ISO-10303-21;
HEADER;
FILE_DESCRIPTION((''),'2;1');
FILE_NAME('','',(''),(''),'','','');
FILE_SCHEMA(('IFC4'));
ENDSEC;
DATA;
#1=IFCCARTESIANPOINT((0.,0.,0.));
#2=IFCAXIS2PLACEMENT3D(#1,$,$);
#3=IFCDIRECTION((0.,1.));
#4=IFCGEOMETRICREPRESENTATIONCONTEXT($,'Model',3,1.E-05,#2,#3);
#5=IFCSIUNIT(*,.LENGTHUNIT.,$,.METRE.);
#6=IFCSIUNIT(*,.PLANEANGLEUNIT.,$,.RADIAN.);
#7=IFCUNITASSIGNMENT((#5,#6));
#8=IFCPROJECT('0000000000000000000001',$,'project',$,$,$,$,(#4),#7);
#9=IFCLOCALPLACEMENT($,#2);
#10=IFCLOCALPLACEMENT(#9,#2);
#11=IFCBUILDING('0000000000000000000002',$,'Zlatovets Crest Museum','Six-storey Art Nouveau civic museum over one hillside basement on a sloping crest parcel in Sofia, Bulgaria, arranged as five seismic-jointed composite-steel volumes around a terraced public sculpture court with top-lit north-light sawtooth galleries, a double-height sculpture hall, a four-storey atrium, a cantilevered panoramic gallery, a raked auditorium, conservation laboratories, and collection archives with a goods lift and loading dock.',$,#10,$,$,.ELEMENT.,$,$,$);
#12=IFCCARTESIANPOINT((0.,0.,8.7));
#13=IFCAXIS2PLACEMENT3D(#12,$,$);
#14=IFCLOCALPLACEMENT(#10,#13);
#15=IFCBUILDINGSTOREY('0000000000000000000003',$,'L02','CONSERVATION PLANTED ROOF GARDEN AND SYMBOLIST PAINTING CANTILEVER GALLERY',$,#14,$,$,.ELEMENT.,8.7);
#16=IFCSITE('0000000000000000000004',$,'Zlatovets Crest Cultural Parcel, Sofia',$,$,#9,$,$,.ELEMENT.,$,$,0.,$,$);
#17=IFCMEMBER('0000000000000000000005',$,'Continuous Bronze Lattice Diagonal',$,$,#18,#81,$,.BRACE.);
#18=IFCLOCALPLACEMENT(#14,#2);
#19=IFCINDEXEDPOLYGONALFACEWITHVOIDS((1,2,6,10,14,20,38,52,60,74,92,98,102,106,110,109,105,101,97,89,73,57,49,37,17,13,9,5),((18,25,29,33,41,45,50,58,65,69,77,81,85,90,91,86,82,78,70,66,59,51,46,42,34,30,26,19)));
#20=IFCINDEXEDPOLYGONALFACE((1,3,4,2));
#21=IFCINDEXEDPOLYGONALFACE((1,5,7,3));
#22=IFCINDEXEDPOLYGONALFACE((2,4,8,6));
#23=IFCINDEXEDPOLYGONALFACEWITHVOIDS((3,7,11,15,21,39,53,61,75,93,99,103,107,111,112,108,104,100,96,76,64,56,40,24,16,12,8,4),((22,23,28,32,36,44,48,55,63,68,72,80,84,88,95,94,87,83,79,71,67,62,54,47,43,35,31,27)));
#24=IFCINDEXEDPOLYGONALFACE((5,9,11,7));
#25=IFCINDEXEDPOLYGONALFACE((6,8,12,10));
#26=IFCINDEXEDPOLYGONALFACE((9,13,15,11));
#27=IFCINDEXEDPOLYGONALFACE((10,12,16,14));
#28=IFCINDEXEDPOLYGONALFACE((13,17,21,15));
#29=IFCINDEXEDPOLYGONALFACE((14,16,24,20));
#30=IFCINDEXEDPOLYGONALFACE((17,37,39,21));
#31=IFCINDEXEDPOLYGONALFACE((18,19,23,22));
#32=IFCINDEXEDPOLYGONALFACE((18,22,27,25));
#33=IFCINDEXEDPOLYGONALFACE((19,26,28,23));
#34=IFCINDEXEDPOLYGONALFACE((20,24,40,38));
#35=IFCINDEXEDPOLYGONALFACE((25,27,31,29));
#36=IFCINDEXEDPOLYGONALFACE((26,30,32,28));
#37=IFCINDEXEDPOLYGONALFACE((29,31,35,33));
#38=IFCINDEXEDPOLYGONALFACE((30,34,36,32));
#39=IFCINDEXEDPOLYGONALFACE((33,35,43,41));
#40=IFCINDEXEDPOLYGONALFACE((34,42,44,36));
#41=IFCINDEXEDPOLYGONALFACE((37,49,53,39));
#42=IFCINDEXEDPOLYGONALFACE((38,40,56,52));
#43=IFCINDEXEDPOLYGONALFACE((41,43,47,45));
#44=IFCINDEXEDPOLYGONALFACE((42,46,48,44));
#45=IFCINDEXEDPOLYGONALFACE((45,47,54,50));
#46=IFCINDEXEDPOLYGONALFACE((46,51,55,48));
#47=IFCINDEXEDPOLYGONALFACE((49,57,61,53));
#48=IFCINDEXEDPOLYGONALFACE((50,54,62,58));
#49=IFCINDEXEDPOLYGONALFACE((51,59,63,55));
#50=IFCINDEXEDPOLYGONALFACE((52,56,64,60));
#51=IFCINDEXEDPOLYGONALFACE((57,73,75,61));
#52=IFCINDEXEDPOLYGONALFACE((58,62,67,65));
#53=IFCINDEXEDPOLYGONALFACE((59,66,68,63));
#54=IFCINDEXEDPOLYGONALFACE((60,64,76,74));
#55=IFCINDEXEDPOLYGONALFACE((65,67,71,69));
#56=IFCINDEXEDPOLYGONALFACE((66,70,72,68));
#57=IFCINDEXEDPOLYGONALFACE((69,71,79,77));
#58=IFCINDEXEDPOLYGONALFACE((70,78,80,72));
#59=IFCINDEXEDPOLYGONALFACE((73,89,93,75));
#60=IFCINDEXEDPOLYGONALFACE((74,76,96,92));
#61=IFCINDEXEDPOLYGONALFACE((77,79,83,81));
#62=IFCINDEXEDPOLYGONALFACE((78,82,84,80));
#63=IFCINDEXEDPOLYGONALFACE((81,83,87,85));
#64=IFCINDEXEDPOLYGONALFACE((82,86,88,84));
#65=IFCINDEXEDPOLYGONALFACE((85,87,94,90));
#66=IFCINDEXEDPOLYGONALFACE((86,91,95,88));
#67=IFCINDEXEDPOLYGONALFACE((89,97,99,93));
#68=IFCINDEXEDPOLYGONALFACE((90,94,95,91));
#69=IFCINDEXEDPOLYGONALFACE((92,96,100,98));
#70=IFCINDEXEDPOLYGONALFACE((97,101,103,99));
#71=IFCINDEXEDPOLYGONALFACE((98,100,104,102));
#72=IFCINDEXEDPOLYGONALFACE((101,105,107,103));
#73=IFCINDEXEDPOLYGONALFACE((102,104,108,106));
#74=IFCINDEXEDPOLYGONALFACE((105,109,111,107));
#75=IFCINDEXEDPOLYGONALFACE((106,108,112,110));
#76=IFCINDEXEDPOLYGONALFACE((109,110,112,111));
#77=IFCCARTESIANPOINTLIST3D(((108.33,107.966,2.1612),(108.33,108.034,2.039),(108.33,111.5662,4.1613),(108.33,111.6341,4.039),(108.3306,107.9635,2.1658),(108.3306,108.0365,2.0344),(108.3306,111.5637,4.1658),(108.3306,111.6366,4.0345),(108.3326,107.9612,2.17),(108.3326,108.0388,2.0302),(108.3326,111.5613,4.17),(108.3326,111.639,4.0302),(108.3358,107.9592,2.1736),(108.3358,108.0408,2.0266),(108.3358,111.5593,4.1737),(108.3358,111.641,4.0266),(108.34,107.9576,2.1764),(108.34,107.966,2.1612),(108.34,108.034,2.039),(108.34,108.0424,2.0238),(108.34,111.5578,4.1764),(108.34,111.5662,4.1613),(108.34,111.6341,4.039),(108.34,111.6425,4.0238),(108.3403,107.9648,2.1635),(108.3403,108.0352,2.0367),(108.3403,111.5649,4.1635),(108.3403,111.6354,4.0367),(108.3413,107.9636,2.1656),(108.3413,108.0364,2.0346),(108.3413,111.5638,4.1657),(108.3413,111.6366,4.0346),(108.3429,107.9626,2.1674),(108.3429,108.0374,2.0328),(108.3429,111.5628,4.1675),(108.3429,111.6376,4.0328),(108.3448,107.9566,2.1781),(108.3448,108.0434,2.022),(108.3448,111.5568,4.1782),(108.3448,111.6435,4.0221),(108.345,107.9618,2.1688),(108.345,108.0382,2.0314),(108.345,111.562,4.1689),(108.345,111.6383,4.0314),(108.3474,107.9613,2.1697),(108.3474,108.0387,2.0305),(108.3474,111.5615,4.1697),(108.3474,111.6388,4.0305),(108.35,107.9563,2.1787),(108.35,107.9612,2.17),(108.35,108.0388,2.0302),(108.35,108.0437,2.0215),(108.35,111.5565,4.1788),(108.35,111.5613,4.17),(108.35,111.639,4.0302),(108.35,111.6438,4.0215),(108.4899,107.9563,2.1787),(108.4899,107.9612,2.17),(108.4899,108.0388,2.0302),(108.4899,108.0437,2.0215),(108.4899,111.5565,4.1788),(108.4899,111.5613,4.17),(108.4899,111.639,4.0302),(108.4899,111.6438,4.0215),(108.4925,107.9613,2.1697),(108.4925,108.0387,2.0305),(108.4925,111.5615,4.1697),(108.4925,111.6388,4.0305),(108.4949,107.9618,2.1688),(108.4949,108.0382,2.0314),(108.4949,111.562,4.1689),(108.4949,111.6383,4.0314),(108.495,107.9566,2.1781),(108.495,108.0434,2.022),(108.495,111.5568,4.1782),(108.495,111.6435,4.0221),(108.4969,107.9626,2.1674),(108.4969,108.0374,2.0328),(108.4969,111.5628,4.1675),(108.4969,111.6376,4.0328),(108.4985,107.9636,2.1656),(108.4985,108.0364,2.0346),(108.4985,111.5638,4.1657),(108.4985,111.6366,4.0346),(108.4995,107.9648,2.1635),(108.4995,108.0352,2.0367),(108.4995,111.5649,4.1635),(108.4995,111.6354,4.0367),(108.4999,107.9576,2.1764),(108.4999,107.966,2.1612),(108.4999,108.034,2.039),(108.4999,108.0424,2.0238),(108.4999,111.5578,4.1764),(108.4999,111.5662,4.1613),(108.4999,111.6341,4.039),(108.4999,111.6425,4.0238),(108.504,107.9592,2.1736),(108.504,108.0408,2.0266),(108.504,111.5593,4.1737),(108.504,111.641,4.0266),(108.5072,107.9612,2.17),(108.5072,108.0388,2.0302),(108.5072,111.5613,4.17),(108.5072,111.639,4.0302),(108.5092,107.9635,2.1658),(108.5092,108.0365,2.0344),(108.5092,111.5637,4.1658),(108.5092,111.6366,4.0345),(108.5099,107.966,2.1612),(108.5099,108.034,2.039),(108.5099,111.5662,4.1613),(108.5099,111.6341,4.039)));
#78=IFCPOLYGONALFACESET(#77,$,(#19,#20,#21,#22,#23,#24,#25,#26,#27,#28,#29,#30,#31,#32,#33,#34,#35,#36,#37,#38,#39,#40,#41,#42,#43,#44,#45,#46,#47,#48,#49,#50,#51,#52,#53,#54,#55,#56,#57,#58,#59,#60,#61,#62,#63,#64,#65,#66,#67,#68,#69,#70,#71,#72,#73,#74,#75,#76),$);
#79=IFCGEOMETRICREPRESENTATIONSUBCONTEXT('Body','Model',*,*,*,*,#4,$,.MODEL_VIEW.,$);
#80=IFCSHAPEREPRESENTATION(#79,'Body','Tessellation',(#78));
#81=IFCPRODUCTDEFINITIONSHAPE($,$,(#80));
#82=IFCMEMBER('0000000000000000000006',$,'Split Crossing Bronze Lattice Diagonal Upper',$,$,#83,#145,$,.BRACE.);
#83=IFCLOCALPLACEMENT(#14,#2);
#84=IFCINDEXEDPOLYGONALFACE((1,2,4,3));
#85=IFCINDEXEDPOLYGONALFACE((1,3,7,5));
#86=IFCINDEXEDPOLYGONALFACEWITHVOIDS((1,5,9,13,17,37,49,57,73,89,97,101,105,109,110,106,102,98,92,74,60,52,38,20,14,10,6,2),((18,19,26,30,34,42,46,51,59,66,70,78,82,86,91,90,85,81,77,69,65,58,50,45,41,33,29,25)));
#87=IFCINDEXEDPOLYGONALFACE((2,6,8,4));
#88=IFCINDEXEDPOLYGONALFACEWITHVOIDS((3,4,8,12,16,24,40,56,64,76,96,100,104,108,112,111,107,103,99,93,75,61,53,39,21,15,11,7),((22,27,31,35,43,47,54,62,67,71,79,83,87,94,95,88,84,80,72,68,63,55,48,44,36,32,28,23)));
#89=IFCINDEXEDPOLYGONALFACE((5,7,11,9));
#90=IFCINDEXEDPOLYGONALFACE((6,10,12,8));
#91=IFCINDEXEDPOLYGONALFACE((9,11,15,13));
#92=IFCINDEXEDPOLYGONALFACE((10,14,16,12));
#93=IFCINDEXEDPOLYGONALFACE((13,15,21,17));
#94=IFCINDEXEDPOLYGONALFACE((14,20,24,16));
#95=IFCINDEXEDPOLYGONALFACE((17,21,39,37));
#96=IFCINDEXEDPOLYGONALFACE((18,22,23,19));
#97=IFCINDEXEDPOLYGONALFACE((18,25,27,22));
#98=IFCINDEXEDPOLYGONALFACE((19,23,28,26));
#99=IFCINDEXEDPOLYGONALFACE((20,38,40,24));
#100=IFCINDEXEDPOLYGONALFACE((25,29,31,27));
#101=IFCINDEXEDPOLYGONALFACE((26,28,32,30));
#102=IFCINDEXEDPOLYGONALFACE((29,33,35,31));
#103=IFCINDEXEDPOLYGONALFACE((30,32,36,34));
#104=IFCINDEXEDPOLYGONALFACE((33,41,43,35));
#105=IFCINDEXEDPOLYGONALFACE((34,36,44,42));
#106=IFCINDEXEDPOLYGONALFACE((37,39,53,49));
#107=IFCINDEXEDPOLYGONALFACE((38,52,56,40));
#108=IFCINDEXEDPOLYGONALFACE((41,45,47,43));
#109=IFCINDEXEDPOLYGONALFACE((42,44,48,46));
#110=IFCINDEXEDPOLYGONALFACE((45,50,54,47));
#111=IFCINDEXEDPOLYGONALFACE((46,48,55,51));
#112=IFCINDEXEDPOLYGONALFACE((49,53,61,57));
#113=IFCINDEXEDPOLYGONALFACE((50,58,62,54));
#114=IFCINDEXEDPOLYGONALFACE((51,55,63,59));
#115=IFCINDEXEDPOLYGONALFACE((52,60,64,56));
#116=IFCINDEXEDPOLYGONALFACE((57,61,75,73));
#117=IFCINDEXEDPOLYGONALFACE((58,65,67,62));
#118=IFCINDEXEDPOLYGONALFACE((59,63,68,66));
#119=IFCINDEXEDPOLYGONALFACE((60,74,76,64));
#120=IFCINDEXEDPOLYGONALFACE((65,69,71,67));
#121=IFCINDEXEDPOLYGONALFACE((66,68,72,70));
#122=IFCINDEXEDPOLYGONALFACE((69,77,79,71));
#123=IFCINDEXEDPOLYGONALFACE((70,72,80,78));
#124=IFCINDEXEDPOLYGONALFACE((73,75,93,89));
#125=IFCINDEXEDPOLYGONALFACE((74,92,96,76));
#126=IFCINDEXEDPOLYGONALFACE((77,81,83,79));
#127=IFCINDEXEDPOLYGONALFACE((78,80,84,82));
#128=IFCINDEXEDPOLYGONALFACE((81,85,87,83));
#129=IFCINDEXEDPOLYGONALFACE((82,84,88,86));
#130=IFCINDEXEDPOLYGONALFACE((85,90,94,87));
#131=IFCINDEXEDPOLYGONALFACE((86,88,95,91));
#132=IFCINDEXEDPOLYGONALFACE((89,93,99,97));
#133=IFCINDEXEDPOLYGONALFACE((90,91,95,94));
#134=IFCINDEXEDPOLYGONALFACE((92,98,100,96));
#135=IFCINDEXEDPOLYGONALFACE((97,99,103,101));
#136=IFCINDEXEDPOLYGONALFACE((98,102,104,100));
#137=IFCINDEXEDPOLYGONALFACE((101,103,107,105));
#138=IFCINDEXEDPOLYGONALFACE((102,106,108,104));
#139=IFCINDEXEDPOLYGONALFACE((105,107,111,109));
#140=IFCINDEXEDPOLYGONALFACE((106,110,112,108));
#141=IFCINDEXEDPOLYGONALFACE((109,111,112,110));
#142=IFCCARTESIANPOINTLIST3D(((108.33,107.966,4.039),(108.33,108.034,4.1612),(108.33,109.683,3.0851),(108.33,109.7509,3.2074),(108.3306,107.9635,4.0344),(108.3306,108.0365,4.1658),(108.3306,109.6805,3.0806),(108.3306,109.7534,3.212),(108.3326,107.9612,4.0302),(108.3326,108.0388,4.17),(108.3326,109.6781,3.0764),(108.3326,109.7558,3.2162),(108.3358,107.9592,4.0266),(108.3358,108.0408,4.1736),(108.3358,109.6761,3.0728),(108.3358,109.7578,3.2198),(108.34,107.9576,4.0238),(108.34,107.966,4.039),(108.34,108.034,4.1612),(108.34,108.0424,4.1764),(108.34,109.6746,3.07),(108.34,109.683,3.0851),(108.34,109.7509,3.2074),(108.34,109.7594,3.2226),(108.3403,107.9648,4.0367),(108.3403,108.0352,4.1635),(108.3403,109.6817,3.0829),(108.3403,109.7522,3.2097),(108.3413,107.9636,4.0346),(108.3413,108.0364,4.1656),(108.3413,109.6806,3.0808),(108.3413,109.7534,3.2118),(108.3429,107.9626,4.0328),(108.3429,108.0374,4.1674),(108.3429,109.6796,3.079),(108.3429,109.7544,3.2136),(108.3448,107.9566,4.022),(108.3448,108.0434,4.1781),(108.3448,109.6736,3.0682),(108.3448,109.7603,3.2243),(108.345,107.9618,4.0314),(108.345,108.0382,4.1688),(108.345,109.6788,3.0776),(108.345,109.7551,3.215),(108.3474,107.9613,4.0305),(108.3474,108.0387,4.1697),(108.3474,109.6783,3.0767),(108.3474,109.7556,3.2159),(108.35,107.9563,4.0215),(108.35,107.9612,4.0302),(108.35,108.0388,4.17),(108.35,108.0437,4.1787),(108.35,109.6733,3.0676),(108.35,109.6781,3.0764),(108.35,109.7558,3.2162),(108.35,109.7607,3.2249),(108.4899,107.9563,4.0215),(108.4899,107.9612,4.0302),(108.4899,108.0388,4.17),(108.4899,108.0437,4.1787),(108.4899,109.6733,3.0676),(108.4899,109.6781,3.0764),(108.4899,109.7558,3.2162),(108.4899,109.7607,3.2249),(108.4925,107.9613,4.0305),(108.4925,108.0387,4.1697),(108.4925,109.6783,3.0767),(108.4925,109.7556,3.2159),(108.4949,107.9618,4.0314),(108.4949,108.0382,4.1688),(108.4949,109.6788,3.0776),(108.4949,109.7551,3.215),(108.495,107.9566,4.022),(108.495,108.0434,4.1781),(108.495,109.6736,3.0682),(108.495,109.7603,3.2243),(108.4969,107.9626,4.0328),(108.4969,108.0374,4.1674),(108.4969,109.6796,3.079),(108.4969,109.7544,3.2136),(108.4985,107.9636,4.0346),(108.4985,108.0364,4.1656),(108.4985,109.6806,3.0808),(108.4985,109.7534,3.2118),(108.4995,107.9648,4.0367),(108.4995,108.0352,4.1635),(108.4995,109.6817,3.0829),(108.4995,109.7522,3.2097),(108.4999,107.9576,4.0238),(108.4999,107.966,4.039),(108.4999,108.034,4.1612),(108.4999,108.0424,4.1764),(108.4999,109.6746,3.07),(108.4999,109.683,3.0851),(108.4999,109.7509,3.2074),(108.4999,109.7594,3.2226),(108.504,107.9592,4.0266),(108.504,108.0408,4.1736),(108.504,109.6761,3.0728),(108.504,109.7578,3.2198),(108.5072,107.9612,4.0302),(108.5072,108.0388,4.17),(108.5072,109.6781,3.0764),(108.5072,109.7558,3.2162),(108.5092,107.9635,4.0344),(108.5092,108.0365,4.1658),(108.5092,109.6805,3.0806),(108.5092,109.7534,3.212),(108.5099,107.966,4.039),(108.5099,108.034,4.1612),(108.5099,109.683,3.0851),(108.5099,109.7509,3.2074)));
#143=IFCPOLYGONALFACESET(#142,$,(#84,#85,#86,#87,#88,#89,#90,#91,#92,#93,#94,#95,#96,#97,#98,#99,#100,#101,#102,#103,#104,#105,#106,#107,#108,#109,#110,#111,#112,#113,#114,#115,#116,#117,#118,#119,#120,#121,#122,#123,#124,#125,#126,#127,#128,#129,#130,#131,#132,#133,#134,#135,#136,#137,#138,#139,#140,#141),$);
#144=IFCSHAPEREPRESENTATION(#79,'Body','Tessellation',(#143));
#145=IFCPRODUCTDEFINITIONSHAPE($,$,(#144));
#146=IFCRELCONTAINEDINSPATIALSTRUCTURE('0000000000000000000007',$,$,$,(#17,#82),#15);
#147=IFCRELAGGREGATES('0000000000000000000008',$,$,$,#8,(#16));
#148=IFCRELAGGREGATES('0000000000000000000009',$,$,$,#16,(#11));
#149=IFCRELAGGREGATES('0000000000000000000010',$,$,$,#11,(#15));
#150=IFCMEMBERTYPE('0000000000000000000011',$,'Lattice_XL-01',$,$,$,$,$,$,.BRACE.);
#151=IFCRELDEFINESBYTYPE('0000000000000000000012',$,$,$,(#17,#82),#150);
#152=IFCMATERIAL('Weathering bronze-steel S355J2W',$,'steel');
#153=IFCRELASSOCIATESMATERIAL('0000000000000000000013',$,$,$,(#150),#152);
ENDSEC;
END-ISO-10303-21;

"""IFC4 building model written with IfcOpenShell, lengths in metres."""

from ifc_helpers import new_model, si_unit, direction, frame, origin, origin_2d, place, context, subcontext, project, spatial, hollow_rectangle, extrude, material, material_profile, profile_set, type_object, element, save


model = new_model("IFC4")

# Units and contexts
model_context = context("Model", 3, precision=1e-05, world=origin(), true_north=direction((0.0, 1.0)))
body_context = subcontext(model_context, "Body", "Model", "MODEL_VIEW")
ifc_project = project(units=[si_unit("LENGTHUNIT", "METRE"), si_unit("PLANEANGLEUNIT", "RADIAN")], contexts=[model_context])

# Site, building, storey
site_placement = place(None, origin())
site = spatial("IfcSite", under=ifc_project, at=site_placement, Name="Zlatovets Crest Cultural Parcel, Sofia", CompositionType="ELEMENT", RefElevation=0.0)
building_placement = place(site_placement, origin())
building = spatial("IfcBuilding", under=site, at=building_placement, Name="Zlatovets Crest Museum", Description="Six-storey Art Nouveau civic museum over one hillside basement on a sloping crest parcel in Sofia, Bulgaria, arranged as five seismic-jointed composite-steel volumes around a terraced public sculpture court with top-lit north-light sawtooth galleries, a double-height sculpture hall, a four-storey atrium, a cantilevered panoramic gallery, a raked auditorium, conservation laboratories, and collection archives with a goods lift and loading dock.", CompositionType="ELEMENT")
storey_placement = place(building_placement, frame((0.0, 0.0, 8.7)))
storey = spatial("IfcBuildingStorey", under=building, at=storey_placement, Name="L02", Description="CONSERVATION PLANTED ROOF GARDEN AND SYMBOLIST PAINTING CANTILEVER GALLERY", CompositionType="ELEMENT", Elevation=8.7)

# Members
ifc_material_1 = material(Name="Weathering bronze-steel S355J2W", Category="steel")
ifc_material_profile_1 = material_profile(ifc_material_1, hollow_rectangle(XDim=0.1799, YDim=0.1799, WallThickness=0.01, InnerFilletRadius=0.01, OuterFilletRadius=0.02, at=origin_2d()), Name="SHS 180x180x10.0")
ifc_profile_set_1 = profile_set([ifc_material_profile_1], Name="Weathering bronze-steel S355J2W")
member_type_1 = type_object("IfcMemberType", Name="Lattice_XL-01", PredefinedType="BRACE", material=ifc_profile_set_1)
member_1_placement = place(storey_placement, frame((108.4199, 108.0, 2.1001), z_axis=(0.0, 0.874163, 0.485633), x_axis=(-1.0, 0.0, 0.0)))
element("IfcMember", 1, at=member_1_placement, inside=storey, type_object=member_type_1, Name="Continuous Bronze Lattice Diagonal", PredefinedType="BRACE", context=body_context, shape_type="SweptSolid", body=[
    extrude(hollow_rectangle(XDim=0.1799, YDim=0.1799, WallThickness=0.01, InnerFilletRadius=0.01, OuterFilletRadius=0.02, at=origin_2d()), origin(), (0.0, 0.0, 1.0), 4.1184),
])
for number, where, z_axis, x_axis, name in (
    (2, (108.4199, 108.0, 4.1001), (0.0, 0.874169, -0.485622), (-1.0, 0.0, 0.0), "Split Crossing Bronze Lattice Diagonal Upper"),
):
    element("IfcMember", number, at=place(storey_placement, frame(where, z_axis=z_axis, x_axis=x_axis)), inside=storey, type_object=member_type_1, Name=name, PredefinedType="BRACE", context=body_context, shape_type="SweptSolid", body=[
        extrude(hollow_rectangle(XDim=0.1799, YDim=0.1799, WallThickness=0.01, InnerFilletRadius=0.01, OuterFilletRadius=0.02, at=origin_2d()), origin(), (0.0, 0.0, 1.0), 1.9641),
    ])

save(model, "model.ifc")
